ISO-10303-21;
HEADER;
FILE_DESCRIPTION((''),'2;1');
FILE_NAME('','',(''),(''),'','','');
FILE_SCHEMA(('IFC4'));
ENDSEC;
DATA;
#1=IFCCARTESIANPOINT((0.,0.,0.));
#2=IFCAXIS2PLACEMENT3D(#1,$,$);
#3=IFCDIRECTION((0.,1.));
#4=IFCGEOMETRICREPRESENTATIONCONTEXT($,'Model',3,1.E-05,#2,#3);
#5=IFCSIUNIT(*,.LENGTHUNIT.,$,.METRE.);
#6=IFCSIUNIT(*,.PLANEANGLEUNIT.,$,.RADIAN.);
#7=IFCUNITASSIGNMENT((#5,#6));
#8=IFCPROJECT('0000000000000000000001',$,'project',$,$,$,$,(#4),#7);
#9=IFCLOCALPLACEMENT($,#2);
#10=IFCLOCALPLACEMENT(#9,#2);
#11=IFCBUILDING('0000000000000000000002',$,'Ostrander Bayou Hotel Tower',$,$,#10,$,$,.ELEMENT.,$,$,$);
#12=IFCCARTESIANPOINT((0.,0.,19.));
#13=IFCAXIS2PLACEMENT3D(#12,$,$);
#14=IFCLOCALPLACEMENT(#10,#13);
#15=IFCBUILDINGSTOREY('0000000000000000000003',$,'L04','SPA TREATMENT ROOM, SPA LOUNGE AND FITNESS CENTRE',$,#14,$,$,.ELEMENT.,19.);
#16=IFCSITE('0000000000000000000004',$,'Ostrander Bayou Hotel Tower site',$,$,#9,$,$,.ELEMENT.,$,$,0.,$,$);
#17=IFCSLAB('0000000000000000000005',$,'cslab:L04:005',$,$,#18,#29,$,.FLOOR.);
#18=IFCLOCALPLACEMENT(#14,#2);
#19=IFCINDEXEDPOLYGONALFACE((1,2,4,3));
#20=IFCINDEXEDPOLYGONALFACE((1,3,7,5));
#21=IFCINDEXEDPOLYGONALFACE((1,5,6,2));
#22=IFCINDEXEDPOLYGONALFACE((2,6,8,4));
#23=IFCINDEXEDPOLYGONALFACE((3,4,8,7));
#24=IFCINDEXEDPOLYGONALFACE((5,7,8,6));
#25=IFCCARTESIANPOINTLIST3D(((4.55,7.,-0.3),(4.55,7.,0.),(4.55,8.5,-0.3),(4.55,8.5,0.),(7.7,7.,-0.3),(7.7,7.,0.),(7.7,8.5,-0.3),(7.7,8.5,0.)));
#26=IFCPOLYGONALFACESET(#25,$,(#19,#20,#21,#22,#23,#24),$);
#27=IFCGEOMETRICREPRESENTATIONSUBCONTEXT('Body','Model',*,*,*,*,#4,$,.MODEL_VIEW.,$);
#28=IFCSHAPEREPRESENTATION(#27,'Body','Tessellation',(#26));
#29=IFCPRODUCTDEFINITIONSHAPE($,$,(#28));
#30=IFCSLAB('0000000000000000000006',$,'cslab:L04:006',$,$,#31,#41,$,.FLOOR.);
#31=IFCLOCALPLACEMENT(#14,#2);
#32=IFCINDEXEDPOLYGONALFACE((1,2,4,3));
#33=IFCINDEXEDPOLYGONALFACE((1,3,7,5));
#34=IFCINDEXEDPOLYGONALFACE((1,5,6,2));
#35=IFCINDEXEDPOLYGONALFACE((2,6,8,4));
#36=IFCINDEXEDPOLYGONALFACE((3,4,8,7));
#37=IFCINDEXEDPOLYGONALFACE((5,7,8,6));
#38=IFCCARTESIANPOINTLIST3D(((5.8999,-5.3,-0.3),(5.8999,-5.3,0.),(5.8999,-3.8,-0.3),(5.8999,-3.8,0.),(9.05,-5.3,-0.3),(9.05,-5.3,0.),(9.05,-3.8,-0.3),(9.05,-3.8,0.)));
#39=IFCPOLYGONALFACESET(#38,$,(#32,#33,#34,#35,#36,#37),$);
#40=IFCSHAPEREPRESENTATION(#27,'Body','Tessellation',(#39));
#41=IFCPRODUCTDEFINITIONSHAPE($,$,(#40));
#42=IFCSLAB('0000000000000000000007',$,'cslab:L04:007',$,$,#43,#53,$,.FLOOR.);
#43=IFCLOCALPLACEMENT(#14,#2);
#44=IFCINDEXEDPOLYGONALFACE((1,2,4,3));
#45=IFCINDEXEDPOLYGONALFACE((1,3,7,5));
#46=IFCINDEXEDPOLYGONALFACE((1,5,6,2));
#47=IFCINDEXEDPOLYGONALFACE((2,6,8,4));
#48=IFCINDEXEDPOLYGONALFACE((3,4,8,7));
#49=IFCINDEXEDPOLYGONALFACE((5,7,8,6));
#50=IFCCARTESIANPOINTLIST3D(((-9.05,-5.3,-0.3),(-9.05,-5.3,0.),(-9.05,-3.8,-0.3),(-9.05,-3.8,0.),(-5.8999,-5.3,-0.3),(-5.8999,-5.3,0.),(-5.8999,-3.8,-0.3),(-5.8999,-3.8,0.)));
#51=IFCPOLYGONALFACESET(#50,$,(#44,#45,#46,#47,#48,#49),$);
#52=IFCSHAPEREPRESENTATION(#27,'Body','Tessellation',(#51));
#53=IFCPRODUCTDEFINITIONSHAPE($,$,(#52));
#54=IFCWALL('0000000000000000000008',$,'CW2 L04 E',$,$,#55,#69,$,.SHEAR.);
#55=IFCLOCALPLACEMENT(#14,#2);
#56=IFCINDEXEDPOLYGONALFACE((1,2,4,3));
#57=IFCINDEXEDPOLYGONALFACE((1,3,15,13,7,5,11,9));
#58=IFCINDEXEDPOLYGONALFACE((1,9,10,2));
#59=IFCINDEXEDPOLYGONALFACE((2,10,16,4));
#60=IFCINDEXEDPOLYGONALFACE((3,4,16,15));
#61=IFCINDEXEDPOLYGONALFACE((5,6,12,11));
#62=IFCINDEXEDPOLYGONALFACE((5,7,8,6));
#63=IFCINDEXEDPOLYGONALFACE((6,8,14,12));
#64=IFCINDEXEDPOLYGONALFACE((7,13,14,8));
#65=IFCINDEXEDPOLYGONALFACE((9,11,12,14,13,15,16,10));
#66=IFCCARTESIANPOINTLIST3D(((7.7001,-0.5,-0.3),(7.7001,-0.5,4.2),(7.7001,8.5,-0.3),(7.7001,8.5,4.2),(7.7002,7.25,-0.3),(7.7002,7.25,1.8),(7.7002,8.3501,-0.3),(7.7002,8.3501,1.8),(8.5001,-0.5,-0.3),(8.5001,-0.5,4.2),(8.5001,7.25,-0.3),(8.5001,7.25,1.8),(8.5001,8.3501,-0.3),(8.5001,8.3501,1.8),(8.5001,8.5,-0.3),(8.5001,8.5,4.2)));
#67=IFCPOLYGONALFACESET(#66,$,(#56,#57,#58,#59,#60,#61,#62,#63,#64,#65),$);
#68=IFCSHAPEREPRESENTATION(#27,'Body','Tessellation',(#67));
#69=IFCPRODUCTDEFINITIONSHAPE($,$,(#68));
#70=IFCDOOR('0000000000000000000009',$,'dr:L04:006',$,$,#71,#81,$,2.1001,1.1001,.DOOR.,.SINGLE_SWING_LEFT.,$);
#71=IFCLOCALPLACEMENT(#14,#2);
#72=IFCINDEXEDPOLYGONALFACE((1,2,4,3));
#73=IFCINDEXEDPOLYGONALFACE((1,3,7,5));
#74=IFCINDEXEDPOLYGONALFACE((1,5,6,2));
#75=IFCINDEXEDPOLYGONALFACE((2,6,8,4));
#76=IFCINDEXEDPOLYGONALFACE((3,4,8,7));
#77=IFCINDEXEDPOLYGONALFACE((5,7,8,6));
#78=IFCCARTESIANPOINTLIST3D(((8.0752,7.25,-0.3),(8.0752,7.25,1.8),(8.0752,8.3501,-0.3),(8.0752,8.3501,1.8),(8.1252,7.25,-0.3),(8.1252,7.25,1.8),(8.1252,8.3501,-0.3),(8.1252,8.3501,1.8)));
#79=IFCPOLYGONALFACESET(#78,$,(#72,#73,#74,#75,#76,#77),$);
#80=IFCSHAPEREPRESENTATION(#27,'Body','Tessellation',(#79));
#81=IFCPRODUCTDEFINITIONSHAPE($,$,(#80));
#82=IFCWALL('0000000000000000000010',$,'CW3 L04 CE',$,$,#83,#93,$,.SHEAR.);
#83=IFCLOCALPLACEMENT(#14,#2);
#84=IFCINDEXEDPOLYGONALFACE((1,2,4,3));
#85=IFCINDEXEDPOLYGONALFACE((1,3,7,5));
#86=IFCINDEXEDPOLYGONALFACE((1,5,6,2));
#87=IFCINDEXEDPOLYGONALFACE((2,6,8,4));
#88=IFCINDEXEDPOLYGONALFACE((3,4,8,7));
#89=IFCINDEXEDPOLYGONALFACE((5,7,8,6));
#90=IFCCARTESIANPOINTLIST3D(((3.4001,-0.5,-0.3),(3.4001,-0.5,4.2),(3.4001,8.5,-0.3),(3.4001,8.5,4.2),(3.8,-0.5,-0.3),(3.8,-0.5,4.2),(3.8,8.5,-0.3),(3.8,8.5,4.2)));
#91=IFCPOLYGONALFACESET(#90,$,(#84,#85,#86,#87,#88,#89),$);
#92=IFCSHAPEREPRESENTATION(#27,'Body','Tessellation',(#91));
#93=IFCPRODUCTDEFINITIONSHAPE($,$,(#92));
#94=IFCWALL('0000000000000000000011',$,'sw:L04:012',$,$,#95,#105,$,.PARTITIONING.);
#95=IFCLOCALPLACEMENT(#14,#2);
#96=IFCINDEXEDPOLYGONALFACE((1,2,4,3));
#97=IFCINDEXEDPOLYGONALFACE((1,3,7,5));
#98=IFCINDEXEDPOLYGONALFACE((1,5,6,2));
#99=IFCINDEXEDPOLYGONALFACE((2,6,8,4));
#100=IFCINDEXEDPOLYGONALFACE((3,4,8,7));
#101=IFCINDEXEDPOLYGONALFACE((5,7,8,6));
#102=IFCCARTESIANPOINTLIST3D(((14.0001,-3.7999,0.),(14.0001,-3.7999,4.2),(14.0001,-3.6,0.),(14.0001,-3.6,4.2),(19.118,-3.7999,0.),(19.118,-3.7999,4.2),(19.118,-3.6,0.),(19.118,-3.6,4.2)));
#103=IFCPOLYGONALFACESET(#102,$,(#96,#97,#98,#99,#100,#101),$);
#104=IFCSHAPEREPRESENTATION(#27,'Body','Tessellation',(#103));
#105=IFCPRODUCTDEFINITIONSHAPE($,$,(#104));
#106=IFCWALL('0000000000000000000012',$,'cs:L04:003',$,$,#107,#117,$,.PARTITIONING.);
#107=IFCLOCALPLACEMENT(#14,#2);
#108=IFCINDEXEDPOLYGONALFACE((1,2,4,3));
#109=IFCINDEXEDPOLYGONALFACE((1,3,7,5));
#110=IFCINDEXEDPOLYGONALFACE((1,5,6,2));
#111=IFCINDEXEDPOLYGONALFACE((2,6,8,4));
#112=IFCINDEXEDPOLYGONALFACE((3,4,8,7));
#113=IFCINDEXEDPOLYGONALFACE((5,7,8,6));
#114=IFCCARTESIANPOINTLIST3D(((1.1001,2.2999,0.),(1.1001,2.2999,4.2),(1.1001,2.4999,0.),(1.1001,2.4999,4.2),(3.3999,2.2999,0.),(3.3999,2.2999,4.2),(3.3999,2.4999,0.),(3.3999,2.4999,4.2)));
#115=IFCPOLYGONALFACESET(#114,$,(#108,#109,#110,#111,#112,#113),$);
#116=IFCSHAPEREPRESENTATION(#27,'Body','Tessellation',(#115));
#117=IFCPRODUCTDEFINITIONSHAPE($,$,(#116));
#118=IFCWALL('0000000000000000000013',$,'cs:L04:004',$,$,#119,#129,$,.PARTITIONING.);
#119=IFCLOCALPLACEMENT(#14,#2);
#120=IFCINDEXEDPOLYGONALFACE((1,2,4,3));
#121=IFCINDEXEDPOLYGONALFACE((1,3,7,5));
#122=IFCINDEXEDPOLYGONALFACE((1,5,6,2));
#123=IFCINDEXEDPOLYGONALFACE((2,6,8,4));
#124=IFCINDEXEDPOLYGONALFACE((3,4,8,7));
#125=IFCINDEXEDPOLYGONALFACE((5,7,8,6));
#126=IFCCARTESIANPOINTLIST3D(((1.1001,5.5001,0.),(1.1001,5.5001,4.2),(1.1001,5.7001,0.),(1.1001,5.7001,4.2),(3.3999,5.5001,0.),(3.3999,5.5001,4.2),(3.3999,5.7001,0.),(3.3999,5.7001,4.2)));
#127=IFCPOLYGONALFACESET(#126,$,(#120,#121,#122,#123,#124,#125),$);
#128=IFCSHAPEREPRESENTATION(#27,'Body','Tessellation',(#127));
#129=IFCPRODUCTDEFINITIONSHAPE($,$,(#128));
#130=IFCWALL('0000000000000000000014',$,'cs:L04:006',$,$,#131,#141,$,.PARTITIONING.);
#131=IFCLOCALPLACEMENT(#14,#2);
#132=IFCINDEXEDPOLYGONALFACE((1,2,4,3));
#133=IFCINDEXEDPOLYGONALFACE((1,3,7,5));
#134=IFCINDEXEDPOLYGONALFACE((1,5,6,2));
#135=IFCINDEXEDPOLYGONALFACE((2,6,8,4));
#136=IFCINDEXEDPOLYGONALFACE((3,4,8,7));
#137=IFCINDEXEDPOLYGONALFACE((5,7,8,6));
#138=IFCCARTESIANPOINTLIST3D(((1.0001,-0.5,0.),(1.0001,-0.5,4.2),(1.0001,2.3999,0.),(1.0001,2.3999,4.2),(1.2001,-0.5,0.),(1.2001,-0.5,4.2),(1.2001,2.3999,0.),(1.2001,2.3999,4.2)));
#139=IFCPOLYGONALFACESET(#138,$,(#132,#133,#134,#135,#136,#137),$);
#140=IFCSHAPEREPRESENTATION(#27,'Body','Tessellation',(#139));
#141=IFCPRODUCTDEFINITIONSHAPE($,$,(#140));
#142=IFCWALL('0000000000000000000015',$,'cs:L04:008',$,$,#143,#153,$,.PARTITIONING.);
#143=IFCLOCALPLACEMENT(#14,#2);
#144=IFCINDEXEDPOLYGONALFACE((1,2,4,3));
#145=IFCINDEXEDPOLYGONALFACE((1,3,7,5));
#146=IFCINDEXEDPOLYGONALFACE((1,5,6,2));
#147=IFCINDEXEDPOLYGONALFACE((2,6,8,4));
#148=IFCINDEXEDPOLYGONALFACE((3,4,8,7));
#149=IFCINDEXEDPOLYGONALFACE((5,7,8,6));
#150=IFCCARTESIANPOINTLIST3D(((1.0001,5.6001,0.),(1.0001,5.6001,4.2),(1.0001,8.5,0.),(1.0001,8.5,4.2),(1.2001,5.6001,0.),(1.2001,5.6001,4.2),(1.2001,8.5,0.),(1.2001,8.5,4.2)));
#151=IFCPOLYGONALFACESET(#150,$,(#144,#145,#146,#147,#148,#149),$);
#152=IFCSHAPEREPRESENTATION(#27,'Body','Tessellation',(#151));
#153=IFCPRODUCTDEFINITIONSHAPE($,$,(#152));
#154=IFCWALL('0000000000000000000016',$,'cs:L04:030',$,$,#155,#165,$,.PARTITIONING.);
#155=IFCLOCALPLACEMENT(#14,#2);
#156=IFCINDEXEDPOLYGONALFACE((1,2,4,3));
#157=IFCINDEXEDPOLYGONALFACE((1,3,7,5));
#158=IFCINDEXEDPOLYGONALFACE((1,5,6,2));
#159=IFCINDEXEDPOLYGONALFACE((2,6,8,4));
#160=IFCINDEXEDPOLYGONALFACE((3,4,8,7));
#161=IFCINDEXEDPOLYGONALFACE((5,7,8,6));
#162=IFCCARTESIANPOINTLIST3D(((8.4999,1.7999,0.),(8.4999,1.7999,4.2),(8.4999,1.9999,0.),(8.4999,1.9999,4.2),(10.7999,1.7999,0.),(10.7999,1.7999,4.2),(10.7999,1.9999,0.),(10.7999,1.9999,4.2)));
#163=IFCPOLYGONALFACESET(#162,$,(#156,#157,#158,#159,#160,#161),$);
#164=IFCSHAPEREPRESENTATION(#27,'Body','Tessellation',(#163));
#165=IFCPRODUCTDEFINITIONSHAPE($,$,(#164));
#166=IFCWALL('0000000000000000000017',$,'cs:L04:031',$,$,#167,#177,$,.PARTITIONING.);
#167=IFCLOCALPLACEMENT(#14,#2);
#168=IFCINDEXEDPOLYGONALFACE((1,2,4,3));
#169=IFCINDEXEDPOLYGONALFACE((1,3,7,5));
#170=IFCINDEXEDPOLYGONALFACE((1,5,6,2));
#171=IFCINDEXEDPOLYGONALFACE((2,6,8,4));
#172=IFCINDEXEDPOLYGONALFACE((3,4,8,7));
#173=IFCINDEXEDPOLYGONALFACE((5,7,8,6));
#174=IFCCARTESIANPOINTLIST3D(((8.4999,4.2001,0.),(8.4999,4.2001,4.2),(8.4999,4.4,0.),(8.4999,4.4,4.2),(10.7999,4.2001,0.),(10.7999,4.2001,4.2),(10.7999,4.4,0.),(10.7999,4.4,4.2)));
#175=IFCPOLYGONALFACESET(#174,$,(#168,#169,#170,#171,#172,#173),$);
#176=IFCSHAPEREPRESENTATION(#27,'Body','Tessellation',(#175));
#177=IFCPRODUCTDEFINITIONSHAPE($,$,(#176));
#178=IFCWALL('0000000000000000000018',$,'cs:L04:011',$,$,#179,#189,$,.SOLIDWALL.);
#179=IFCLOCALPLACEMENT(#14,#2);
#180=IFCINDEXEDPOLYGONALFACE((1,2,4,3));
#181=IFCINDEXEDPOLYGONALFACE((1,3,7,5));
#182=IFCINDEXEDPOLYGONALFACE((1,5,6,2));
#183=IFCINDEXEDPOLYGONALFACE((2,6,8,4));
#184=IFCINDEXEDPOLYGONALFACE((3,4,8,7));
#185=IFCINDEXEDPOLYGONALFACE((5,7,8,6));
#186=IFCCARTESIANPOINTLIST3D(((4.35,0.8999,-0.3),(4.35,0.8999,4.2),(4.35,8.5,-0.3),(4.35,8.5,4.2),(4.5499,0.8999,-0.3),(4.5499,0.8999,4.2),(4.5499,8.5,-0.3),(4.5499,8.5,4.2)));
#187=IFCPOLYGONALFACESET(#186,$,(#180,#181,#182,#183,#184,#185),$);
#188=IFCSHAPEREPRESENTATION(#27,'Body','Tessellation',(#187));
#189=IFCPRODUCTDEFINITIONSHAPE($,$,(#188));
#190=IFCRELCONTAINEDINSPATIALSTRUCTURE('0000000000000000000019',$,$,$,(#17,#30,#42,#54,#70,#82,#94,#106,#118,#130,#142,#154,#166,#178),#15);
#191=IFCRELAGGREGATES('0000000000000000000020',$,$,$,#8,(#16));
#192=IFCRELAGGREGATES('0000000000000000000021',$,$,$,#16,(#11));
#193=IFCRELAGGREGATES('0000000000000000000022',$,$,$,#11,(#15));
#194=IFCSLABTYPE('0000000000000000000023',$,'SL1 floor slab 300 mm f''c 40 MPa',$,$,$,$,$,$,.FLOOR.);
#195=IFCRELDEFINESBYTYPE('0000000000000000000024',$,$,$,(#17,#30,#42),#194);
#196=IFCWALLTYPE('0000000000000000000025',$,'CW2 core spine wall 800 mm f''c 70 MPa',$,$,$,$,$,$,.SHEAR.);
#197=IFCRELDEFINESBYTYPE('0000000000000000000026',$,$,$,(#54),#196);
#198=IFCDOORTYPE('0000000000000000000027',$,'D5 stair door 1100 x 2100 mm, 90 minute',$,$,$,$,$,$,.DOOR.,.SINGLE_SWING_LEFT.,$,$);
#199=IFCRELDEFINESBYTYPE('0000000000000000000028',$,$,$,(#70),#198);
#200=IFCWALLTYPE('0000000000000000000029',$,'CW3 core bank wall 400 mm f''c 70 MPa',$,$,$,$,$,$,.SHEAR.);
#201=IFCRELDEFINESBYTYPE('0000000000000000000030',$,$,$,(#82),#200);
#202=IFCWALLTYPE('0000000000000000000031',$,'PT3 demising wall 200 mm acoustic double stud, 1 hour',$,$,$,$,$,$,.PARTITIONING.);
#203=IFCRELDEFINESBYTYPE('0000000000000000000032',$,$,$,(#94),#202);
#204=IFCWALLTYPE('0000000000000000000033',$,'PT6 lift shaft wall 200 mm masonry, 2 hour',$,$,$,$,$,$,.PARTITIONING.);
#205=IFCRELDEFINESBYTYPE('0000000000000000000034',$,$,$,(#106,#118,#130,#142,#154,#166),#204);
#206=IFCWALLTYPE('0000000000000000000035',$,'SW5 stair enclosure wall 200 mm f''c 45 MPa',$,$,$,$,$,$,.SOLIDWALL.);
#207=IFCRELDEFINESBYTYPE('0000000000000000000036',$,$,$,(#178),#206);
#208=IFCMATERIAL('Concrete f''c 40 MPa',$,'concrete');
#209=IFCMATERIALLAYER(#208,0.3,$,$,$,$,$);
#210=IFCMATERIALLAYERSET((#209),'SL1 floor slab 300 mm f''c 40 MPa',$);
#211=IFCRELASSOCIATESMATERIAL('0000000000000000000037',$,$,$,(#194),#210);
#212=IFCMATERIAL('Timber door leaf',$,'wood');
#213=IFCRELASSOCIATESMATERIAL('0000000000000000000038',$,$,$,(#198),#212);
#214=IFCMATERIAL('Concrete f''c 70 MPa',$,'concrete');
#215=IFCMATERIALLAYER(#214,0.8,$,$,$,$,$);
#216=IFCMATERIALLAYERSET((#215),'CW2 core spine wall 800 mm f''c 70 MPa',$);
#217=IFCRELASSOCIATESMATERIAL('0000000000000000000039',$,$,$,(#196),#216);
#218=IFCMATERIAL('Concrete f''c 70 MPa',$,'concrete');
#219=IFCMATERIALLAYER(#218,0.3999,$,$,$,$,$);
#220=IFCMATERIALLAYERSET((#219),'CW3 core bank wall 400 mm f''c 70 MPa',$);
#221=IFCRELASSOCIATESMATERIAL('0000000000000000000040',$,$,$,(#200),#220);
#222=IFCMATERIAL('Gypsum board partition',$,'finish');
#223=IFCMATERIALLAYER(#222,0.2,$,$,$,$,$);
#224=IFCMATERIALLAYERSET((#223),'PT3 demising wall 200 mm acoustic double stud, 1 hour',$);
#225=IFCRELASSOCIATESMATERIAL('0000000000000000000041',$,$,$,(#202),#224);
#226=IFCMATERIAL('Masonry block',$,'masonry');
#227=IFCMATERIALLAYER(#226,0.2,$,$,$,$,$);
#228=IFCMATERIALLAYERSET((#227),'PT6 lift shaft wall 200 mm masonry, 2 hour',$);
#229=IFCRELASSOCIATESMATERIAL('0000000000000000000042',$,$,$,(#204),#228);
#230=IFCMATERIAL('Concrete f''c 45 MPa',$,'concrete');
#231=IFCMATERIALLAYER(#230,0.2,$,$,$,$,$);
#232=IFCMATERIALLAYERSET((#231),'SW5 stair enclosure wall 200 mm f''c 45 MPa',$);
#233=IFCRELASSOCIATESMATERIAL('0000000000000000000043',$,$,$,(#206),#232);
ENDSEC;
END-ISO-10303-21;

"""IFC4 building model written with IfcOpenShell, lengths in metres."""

from ifc_helpers import new_model, si_unit, direction, frame, frame_2d, origin, place, context, subcontext, project, spatial, polyline, rectangle, outline, extrude, material, layer, layer_set, type_object, element, fill, save


model = new_model("IFC4")

# Units and contexts
model_context = context("Model", 3, precision=1e-05, world=origin(), true_north=direction((0.0, 1.0)))
body_context = subcontext(model_context, "Body", "Model", "MODEL_VIEW")
ifc_project = project(units=[si_unit("LENGTHUNIT", "METRE"), si_unit("PLANEANGLEUNIT", "RADIAN")], contexts=[model_context])

# Site, building, storey
site_placement = place(None, origin())
site = spatial("IfcSite", under=ifc_project, at=site_placement, Name="Ostrander Bayou Hotel Tower site", CompositionType="ELEMENT", RefElevation=0.0)
building_placement = place(site_placement, origin())
building = spatial("IfcBuilding", under=site, at=building_placement, Name="Ostrander Bayou Hotel Tower", CompositionType="ELEMENT")
storey_placement = place(building_placement, frame((0.0, 0.0, 19.0)))
storey = spatial("IfcBuildingStorey", under=building, at=storey_placement, Name="L04", Description="SPA TREATMENT ROOM, SPA LOUNGE AND FITNESS CENTRE", CompositionType="ELEMENT", Elevation=19.0)

# Slabs
ifc_material_1 = material(Name="Concrete f'c 40 MPa", Category="concrete")
ifc_layer_1 = layer(ifc_material_1, 0.3)
ifc_layer_set_1 = layer_set([ifc_layer_1], Name="SL1 floor slab 300 mm f'c 40 MPa")
slab_type = type_object("IfcSlabType", Name="SL1 floor slab 300 mm f'c 40 MPa", PredefinedType="FLOOR", material=ifc_layer_set_1)
slab_1_placement = place(storey_placement, frame((0.0, 0.0, -0.3)))
element("IfcSlab", 1, at=slab_1_placement, inside=storey, type_object=slab_type, Name="cslab:L04:005", PredefinedType="FLOOR", context=body_context, shape_type="SweptSolid", body=[
    extrude(outline(polyline([(7.7, 7.0), (7.7, 8.5), (4.55, 8.5), (4.55, 7.0), (7.7, 7.0)])), origin(), (0.0, 0.0, 1.0), 0.3),
])
slab_2_placement = place(storey_placement, frame((0.0, 0.0, -0.3)))
element("IfcSlab", 2, at=slab_2_placement, inside=storey, type_object=slab_type, Name="cslab:L04:006", PredefinedType="FLOOR", context=body_context, shape_type="SweptSolid", body=[
    extrude(outline(polyline([(9.05, -5.3), (9.05, -3.8), (5.8999, -3.8), (5.8999, -5.3), (9.05, -5.3)])), origin(), (0.0, 0.0, 1.0), 0.3),
])
slab_3_placement = place(storey_placement, frame((0.0, 0.0, -0.3)))
element("IfcSlab", 3, at=slab_3_placement, inside=storey, type_object=slab_type, Name="cslab:L04:007", PredefinedType="FLOOR", context=body_context, shape_type="SweptSolid", body=[
    extrude(outline(polyline([(-5.8999, -5.3), (-5.8999, -3.8), (-9.05, -3.8), (-9.05, -5.3), (-5.8999, -5.3)])), origin(), (0.0, 0.0, 1.0), 0.3),
])

# Shared definitions
ifc_material_2 = material(Name="Timber door leaf", Category="wood")
door_type_1 = type_object("IfcDoorType", Name="D5 stair door 1100 x 2100 mm, 90 minute", OperationType="SINGLE_SWING_LEFT", PredefinedType="DOOR", material=ifc_material_2)

# Wall, opening, door
ifc_material_3 = material(Name="Concrete f'c 70 MPa", Category="concrete")
ifc_layer_2 = layer(ifc_material_3, 0.8)
ifc_layer_set_2 = layer_set([ifc_layer_2], Name="CW2 core spine wall 800 mm f'c 70 MPa")
wall_type_1 = type_object("IfcWallType", Name="CW2 core spine wall 800 mm f'c 70 MPa", PredefinedType="SHEAR", material=ifc_layer_set_2)
wall_1_placement = place(storey_placement, frame((8.1001, -0.5, -0.3), z_axis=(0.0, 0.0, 1.0), x_axis=(0.0, 1.0, 0.0)))
wall_1 = element("IfcWall", 4, at=wall_1_placement, inside=storey, type_object=wall_type_1, Name="CW2 L04 E", PredefinedType="SHEAR", context=body_context, shape_type="SweptSolid", body=[
    extrude(rectangle(XDim=9.0, YDim=0.8, at=frame_2d((4.5, 0.0))), origin(), (0.0, 0.0, 1.0), 4.5),
])
opening_1_placement = place(wall_1_placement, frame((7.75, 0.0, 0.0)))
opening_1 = element("IfcOpeningElement", 5, at=opening_1_placement, cuts=wall_1, PredefinedType="OPENING", context=body_context, shape_type="SweptSolid", body=[
    extrude(rectangle(XDim=1.1001, YDim=2.1001, at=frame_2d((0.55, 1.05))), frame((0.0, 0.3999, 0.0), z_axis=(0.0, -1.0, 0.0), x_axis=(1.0, 0.0, 0.0)), (0.0, 0.0, 1.0), 0.8),
])
door_1_placement = place(opening_1_placement, origin())
door_1 = element("IfcDoor", 6, at=door_1_placement, inside=storey, type_object=door_type_1, Name="dr:L04:006", OperationType="SINGLE_SWING_LEFT", OverallHeight=2.1001, OverallWidth=1.1001, PredefinedType="DOOR", context=body_context, shape_type="SweptSolid", body=[
    extrude(rectangle(XDim=1.1001, YDim=2.1001, at=frame_2d((0.55, 1.05))), frame((0.0, 0.0249, 0.0), z_axis=(0.0, -1.0, 0.0), x_axis=(1.0, 0.0, 0.0)), (0.0, 0.0, 1.0), 0.05),
])
fill(opening_1, door_1)

# Walls
ifc_material_4 = material(Name="Concrete f'c 70 MPa", Category="concrete")
ifc_layer_3 = layer(ifc_material_4, 0.3999)
ifc_layer_set_3 = layer_set([ifc_layer_3], Name="CW3 core bank wall 400 mm f'c 70 MPa")
wall_type_2 = type_object("IfcWallType", Name="CW3 core bank wall 400 mm f'c 70 MPa", PredefinedType="SHEAR", material=ifc_layer_set_3)
wall_2_placement = place(storey_placement, frame((3.6001, -0.5, -0.3), z_axis=(0.0, 0.0, 1.0), x_axis=(0.0, 1.0, 0.0)))
element("IfcWall", 7, at=wall_2_placement, inside=storey, type_object=wall_type_2, Name="CW3 L04 CE", PredefinedType="SHEAR", context=body_context, shape_type="SweptSolid", body=[
    extrude(rectangle(XDim=9.0, YDim=0.3999, at=frame_2d((4.5, 0.0))), origin(), (0.0, 0.0, 1.0), 4.5),
])
ifc_material_5 = material(Name="Gypsum board partition", Category="finish")
ifc_layer_4 = layer(ifc_material_5, 0.2)
ifc_layer_set_4 = layer_set([ifc_layer_4], Name="PT3 demising wall 200 mm acoustic double stud, 1 hour")
wall_type_3 = type_object("IfcWallType", Name="PT3 demising wall 200 mm acoustic double stud, 1 hour", PredefinedType="PARTITIONING", material=ifc_layer_set_4)
wall_3_placement = place(storey_placement, frame((14.0, -3.7, 0.0), z_axis=(0.0, 0.0, 1.0), x_axis=(1.0, 0.0, 0.0)))
element("IfcWall", 8, at=wall_3_placement, inside=storey, type_object=wall_type_3, Name="sw:L04:012", PredefinedType="PARTITIONING", context=body_context, shape_type="SweptSolid", body=[
    extrude(rectangle(XDim=5.1179, YDim=0.2, at=frame_2d((2.5591, 0.0))), origin(), (0.0, 0.0, 1.0), 4.2),
])

# Walls
ifc_material_6 = material(Name="Masonry block", Category="masonry")
ifc_layer_5 = layer(ifc_material_6, 0.2)
ifc_layer_set_5 = layer_set([ifc_layer_5], Name="PT6 lift shaft wall 200 mm masonry, 2 hour")
wall_type_4 = type_object("IfcWallType", Name="PT6 lift shaft wall 200 mm masonry, 2 hour", PredefinedType="PARTITIONING", material=ifc_layer_set_5)
for number, where, z_axis, x_axis, name in (
    (9, (1.1001, 2.3999, 0.0), (0.0, 0.0, 1.0), (1.0, 0.0, 0.0), "cs:L04:003"),
    (10, (1.1001, 5.6001, 0.0), (0.0, 0.0, 1.0), (1.0, 0.0, 0.0), "cs:L04:004"),
):
    element("IfcWall", number, at=place(storey_placement, frame(where, z_axis=z_axis, x_axis=x_axis)), inside=storey, type_object=wall_type_4, Name=name, PredefinedType="PARTITIONING", context=body_context, shape_type="SweptSolid", body=[
        extrude(rectangle(XDim=2.2998, YDim=0.2, at=frame_2d((1.1499, 0.0))), origin(), (0.0, 0.0, 1.0), 4.2),
    ])
for number, where, z_axis, x_axis, name in (
    (11, (1.1001, -0.5, 0.0), (0.0, 0.0, 1.0), (0.0, 1.0, 0.0), "cs:L04:006"),
    (12, (1.1001, 5.6001, 0.0), (0.0, 0.0, 1.0), (0.0, 1.0, 0.0), "cs:L04:008"),
):
    element("IfcWall", number, at=place(storey_placement, frame(where, z_axis=z_axis, x_axis=x_axis)), inside=storey, type_object=wall_type_4, Name=name, PredefinedType="PARTITIONING", context=body_context, shape_type="SweptSolid", body=[
        extrude(rectangle(XDim=2.8999, YDim=0.2, at=frame_2d((1.45, 0.0))), origin(), (0.0, 0.0, 1.0), 4.2),
    ])
for number, where, z_axis, x_axis, name in (
    (13, (8.5, 1.8999, 0.0), (0.0, 0.0, 1.0), (1.0, 0.0, 0.0), "cs:L04:030"),
    (14, (8.5, 4.3, 0.0), (0.0, 0.0, 1.0), (1.0, 0.0, 0.0), "cs:L04:031"),
):
    element("IfcWall", number, at=place(storey_placement, frame(where, z_axis=z_axis, x_axis=x_axis)), inside=storey, type_object=wall_type_4, Name=name, PredefinedType="PARTITIONING", context=body_context, shape_type="SweptSolid", body=[
        extrude(rectangle(XDim=2.3, YDim=0.2, at=frame_2d((1.1499, 0.0))), origin(), (0.0, 0.0, 1.0), 4.2),
    ])
ifc_material_7 = material(Name="Concrete f'c 45 MPa", Category="concrete")
ifc_layer_6 = layer(ifc_material_7, 0.2)
ifc_layer_set_6 = layer_set([ifc_layer_6], Name="SW5 stair enclosure wall 200 mm f'c 45 MPa")
wall_type_5 = type_object("IfcWallType", Name="SW5 stair enclosure wall 200 mm f'c 45 MPa", PredefinedType="SOLIDWALL", material=ifc_layer_set_6)
wall_4_placement = place(storey_placement, frame((4.45, 0.8999, -0.3), z_axis=(0.0, 0.0, 1.0), x_axis=(0.0, 1.0, 0.0)))
element("IfcWall", 15, at=wall_4_placement, inside=storey, type_object=wall_type_5, Name="cs:L04:011", PredefinedType="SOLIDWALL", context=body_context, shape_type="SweptSolid", body=[
    extrude(rectangle(XDim=7.6001, YDim=0.2, at=frame_2d((3.8, 0.0))), origin(), (0.0, 0.0, 1.0), 4.5),
])

save(model, "model.ifc")
